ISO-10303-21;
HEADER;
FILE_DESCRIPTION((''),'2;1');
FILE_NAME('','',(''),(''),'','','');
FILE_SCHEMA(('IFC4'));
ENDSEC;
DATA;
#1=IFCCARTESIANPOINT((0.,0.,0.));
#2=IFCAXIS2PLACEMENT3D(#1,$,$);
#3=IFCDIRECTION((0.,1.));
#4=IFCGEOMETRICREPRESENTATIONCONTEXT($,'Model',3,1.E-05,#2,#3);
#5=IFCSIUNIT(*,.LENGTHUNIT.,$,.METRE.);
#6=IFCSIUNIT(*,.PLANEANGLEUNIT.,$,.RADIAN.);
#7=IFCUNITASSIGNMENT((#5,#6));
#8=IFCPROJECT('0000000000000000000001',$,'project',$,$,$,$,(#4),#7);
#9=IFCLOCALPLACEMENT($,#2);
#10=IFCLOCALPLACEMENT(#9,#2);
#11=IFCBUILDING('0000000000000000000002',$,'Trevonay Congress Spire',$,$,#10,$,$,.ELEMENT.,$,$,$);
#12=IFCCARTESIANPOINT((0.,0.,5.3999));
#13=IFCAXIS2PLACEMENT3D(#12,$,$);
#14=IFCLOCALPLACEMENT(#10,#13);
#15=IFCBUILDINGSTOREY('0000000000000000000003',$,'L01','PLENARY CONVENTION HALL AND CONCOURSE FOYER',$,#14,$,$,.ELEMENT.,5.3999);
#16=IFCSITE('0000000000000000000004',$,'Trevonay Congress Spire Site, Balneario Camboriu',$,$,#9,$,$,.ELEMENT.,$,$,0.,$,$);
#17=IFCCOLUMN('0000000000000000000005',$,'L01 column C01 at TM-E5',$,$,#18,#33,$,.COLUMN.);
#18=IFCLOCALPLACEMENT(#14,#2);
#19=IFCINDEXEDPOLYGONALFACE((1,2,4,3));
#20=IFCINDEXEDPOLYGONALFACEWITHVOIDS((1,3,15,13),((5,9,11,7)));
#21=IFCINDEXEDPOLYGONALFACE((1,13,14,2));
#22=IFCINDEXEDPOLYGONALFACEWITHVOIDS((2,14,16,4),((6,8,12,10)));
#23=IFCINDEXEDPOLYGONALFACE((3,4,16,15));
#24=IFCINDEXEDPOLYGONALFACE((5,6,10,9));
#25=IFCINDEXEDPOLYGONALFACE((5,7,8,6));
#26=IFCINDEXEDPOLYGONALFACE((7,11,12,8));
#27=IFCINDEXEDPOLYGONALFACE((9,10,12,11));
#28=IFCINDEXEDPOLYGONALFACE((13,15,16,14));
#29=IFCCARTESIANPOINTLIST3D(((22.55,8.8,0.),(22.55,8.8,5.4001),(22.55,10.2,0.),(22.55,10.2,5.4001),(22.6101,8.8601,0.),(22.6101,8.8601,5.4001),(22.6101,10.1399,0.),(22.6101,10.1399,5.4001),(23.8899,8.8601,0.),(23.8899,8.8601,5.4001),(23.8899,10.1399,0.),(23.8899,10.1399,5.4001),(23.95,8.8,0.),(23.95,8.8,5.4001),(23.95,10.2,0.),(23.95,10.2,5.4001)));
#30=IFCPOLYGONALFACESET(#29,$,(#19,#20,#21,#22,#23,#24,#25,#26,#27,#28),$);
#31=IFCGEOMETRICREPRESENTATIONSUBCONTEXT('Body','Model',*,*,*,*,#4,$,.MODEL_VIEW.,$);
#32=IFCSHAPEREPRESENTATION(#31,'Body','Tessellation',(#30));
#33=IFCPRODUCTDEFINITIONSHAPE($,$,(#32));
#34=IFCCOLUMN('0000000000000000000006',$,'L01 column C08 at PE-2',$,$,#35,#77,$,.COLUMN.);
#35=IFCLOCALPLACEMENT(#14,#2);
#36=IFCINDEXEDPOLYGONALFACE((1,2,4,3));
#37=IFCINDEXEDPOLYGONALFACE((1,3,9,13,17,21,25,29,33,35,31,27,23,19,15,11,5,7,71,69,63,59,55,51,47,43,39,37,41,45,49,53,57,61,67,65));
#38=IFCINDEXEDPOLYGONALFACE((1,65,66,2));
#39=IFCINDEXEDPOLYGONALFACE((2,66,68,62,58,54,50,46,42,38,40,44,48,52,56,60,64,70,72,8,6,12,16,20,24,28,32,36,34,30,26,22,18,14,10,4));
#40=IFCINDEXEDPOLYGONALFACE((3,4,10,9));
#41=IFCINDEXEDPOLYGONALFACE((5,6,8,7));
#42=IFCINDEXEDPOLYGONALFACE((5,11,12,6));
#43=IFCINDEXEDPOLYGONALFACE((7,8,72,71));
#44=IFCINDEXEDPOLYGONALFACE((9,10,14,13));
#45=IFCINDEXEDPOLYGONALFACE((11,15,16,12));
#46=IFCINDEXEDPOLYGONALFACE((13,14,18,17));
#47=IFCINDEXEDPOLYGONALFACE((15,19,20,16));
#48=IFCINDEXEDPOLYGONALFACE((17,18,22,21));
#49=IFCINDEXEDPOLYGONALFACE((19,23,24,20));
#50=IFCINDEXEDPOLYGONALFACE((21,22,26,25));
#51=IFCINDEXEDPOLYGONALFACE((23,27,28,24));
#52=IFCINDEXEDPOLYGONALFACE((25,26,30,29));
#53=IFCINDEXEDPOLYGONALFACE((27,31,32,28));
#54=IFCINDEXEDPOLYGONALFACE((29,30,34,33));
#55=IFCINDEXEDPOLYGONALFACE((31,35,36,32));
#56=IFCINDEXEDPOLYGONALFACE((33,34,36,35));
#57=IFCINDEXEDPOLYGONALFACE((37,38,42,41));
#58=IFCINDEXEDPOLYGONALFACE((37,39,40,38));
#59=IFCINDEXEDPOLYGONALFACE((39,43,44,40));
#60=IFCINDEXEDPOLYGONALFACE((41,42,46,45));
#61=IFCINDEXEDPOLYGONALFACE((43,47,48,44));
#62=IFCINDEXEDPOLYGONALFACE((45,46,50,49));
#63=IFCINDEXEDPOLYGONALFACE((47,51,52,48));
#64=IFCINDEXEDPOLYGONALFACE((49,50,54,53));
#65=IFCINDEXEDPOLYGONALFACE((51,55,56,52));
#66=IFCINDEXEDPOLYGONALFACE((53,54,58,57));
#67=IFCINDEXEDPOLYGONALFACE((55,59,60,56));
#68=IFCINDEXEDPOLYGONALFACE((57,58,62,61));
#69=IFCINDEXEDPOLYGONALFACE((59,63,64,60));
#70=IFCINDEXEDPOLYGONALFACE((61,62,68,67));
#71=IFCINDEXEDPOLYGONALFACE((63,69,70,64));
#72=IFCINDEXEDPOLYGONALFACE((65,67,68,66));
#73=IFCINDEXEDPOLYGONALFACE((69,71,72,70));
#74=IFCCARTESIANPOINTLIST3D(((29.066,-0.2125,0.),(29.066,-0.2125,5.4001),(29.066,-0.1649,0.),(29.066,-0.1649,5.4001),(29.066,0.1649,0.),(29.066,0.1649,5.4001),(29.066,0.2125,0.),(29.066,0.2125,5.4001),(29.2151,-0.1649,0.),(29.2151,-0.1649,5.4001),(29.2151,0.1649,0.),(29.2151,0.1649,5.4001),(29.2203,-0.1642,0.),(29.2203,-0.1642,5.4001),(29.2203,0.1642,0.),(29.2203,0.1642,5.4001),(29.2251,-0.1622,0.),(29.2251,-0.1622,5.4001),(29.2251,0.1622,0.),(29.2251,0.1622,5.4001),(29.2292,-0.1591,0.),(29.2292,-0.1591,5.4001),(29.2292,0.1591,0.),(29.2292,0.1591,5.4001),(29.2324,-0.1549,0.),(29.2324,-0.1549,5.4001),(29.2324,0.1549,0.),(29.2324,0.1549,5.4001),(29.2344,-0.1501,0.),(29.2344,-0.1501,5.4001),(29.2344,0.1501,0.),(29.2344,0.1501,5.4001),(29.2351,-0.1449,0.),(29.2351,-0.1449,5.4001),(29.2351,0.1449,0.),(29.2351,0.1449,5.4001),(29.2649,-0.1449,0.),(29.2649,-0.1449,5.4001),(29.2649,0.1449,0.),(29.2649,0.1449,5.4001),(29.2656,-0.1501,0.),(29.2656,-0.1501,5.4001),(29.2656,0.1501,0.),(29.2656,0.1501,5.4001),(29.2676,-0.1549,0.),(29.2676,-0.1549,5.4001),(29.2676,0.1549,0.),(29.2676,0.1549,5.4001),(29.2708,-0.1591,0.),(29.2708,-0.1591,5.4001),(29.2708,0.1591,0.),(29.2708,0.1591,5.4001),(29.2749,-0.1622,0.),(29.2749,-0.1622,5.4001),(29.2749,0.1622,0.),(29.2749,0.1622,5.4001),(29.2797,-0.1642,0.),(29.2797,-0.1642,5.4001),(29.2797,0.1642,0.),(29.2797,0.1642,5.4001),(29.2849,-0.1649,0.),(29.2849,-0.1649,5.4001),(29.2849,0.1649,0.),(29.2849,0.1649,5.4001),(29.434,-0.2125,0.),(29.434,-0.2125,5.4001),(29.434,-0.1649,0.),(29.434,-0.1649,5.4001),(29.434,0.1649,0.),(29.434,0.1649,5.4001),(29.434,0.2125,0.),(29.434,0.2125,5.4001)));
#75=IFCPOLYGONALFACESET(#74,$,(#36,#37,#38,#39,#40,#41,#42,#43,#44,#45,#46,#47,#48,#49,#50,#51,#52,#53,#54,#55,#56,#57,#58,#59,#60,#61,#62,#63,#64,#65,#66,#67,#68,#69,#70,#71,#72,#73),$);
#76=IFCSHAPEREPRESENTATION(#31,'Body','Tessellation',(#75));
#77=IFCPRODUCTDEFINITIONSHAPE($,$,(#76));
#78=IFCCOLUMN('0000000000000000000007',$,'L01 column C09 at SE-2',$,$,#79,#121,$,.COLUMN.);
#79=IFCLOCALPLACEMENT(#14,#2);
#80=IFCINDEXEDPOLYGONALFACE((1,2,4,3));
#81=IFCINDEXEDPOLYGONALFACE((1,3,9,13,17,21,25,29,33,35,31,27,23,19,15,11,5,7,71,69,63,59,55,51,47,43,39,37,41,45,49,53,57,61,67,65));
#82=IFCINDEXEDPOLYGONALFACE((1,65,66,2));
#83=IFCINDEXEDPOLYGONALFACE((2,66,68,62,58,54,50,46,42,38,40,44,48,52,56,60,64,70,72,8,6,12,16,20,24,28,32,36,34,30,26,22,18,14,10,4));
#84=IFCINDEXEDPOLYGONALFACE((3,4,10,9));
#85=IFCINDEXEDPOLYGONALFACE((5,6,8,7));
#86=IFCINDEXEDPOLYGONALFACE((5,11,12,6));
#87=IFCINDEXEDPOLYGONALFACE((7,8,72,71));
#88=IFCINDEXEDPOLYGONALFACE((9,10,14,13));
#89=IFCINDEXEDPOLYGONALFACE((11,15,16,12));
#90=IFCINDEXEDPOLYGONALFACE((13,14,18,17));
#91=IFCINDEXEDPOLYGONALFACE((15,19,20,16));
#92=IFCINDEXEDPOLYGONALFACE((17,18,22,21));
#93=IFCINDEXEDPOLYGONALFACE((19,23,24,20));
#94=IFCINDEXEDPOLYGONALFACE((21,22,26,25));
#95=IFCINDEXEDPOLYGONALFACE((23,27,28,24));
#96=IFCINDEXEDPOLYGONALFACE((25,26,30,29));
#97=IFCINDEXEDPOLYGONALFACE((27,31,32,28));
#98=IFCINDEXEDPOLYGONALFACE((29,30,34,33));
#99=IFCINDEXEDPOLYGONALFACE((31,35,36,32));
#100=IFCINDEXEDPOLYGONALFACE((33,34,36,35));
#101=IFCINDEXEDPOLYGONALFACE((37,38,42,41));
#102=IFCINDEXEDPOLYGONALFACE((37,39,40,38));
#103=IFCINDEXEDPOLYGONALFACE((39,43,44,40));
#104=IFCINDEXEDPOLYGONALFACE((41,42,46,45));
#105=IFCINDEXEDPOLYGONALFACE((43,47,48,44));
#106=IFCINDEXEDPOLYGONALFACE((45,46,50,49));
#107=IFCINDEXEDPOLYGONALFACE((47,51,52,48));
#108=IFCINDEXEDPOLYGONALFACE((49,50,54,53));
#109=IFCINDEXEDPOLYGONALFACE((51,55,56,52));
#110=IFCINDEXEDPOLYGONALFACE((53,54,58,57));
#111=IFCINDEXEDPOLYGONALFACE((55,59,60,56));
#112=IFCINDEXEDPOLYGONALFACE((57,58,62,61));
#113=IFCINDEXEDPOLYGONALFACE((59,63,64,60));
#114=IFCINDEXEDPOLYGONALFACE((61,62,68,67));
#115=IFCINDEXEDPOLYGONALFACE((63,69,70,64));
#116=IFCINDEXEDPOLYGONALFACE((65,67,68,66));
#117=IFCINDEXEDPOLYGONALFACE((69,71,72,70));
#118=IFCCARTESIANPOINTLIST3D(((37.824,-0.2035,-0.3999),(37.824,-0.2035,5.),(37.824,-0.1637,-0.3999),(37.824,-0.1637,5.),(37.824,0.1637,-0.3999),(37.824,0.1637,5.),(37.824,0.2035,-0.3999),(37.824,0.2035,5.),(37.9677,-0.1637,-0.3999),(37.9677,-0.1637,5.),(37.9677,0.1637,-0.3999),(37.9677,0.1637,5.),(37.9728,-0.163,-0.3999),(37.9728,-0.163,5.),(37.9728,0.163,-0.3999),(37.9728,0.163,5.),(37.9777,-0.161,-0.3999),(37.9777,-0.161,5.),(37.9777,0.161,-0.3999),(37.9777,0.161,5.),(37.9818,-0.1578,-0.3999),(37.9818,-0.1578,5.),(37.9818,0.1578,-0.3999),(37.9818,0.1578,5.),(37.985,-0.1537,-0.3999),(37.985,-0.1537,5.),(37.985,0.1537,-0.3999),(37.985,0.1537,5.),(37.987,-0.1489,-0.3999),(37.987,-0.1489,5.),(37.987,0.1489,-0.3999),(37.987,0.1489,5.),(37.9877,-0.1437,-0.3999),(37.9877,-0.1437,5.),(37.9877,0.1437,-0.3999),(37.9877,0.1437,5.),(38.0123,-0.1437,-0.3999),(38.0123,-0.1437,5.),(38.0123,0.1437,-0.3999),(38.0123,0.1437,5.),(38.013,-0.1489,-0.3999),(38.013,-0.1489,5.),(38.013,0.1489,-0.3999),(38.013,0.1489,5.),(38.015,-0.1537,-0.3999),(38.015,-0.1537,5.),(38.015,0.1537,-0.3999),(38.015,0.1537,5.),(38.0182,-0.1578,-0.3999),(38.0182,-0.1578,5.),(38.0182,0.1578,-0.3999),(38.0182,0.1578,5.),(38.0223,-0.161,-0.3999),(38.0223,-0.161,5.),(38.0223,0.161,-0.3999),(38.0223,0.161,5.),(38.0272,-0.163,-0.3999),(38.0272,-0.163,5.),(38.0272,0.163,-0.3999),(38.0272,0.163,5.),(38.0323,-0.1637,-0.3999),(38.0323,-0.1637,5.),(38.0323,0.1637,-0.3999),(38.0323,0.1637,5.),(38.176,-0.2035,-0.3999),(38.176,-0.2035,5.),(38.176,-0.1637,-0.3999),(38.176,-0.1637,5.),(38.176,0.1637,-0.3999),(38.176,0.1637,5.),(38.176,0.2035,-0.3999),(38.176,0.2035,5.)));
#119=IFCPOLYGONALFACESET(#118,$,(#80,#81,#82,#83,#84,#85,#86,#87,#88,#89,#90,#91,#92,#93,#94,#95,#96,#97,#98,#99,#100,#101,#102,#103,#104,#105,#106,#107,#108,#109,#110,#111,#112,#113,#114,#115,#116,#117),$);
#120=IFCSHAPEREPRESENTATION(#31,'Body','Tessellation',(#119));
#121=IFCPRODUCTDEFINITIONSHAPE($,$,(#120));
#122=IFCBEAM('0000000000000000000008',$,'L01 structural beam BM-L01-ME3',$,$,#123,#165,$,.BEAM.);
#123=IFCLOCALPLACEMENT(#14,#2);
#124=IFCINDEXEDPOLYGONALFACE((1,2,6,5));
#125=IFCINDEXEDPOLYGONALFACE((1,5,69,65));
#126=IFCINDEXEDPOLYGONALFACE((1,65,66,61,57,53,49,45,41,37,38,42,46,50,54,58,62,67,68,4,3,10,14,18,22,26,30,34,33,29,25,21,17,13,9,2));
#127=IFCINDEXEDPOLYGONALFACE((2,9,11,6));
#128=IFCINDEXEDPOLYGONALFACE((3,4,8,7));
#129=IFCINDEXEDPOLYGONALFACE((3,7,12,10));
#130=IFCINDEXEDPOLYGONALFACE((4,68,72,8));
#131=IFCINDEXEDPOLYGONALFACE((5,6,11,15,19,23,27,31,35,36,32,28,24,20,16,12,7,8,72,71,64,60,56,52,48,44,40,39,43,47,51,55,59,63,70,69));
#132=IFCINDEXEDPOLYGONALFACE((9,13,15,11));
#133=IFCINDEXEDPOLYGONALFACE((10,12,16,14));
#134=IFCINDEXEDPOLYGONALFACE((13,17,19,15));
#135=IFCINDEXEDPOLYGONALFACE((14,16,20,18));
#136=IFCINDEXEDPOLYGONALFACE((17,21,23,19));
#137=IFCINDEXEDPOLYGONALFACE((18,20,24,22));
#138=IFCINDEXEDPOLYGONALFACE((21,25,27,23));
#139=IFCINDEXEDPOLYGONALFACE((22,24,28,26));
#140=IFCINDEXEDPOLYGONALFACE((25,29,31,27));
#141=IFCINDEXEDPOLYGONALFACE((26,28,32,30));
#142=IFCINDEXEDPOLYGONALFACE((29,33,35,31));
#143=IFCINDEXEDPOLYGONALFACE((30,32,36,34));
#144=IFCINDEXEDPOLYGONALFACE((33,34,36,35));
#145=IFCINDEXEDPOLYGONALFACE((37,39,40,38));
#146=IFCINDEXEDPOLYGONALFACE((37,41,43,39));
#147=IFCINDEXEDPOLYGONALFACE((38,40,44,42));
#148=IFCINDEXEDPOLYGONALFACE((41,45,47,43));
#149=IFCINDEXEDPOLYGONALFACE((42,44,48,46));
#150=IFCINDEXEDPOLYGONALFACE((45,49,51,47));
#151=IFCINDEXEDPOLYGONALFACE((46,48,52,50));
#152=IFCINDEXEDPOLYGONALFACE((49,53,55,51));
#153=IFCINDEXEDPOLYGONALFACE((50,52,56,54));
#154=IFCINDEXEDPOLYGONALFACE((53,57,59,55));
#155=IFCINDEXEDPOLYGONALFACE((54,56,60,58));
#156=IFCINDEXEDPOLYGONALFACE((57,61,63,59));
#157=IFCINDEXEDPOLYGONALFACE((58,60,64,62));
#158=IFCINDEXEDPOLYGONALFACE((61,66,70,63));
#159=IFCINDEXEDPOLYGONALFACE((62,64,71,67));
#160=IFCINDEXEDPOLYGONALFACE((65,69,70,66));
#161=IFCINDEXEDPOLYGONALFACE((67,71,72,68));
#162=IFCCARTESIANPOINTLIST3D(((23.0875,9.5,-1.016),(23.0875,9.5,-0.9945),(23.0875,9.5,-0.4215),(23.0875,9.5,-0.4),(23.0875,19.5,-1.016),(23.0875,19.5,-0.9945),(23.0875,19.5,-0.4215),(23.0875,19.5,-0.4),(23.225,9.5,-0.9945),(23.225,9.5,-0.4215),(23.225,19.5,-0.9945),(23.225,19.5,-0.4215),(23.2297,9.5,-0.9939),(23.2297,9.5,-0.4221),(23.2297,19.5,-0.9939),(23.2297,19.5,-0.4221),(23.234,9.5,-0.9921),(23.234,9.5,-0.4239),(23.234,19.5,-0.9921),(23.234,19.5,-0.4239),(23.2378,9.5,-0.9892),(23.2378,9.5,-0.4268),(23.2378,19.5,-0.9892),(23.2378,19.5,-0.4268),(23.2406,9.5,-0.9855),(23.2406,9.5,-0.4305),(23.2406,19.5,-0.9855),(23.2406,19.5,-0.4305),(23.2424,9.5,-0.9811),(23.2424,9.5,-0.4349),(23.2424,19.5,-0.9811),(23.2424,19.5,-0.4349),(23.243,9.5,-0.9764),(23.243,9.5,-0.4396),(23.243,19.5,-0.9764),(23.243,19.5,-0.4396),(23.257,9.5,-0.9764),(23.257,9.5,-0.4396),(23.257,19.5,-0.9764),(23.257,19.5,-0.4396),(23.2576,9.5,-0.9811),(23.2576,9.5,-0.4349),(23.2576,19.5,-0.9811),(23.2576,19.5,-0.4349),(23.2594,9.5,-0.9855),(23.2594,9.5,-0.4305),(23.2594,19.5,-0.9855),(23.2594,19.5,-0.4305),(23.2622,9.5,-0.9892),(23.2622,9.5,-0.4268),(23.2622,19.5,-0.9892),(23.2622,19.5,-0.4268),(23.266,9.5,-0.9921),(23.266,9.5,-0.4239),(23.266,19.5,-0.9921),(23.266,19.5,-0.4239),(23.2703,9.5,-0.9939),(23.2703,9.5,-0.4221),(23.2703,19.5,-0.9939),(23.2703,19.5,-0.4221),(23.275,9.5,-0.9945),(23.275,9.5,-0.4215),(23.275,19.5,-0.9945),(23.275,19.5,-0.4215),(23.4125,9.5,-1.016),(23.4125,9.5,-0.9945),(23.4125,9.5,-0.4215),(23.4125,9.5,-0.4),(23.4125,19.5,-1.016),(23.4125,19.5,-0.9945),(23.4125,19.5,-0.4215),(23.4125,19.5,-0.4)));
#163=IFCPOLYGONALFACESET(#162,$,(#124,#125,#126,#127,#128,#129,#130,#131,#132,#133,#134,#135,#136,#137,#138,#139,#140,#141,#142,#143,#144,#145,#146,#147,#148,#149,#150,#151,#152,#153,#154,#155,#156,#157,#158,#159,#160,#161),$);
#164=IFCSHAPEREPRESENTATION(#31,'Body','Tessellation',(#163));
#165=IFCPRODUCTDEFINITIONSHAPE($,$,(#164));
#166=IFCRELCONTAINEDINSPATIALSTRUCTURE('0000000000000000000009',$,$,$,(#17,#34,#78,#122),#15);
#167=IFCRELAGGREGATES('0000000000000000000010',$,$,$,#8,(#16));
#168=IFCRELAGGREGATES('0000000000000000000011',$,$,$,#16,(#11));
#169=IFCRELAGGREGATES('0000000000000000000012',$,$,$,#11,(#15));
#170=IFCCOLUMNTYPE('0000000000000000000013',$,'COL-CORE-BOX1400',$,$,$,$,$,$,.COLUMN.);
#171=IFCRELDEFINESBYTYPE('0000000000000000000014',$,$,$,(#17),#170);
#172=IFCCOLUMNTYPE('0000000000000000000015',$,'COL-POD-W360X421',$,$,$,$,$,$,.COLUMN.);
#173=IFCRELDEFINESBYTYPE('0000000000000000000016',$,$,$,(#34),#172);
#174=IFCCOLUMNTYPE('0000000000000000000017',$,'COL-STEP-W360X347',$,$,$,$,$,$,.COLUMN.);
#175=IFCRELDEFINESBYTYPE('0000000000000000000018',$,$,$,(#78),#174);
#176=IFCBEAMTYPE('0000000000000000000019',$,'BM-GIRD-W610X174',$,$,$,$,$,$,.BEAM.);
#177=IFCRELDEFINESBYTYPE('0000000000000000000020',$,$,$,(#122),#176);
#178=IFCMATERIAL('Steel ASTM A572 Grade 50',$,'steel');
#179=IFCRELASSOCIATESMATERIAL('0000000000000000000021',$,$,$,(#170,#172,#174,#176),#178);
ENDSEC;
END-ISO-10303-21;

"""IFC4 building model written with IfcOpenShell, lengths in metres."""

from ifc_helpers import new_model, si_unit, direction, frame, origin, origin_2d, place, context, subcontext, project, spatial, hollow_rectangle, i_section, extrude, material, material_profile, profile_set, type_object, element, save


model = new_model("IFC4")

# Units and contexts
model_context = context("Model", 3, precision=1e-05, world=origin(), true_north=direction((0.0, 1.0)))
body_context = subcontext(model_context, "Body", "Model", "MODEL_VIEW")
ifc_project = project(units=[si_unit("LENGTHUNIT", "METRE"), si_unit("PLANEANGLEUNIT", "RADIAN")], contexts=[model_context])

# Site, building, storey
site_placement = place(None, origin())
site = spatial("IfcSite", under=ifc_project, at=site_placement, Name="Trevonay Congress Spire Site, Balneario Camboriu", CompositionType="ELEMENT", RefElevation=0.0)
building_placement = place(site_placement, origin())
building = spatial("IfcBuilding", under=site, at=building_placement, Name="Trevonay Congress Spire", CompositionType="ELEMENT")
storey_placement = place(building_placement, frame((0.0, 0.0, 5.3999)))
storey = spatial("IfcBuildingStorey", under=building, at=storey_placement, Name="L01", Description="PLENARY CONVENTION HALL AND CONCOURSE FOYER", CompositionType="ELEMENT", Elevation=5.3999)

# Columns
ifc_material_1 = material(Name="Steel ASTM A572 Grade 50", Category="steel")
ifc_material_profile_1 = material_profile(ifc_material_1, hollow_rectangle(XDim=1.3999, YDim=1.3999, WallThickness=0.0601, at=origin_2d()), Name="BOX 1400x1400x60")
ifc_profile_set_1 = profile_set([ifc_material_profile_1], Name="Steel ASTM A572 Grade 50")
column_type_1 = type_object("IfcColumnType", Name="COL-CORE-BOX1400", PredefinedType="COLUMN", material=ifc_profile_set_1)
column_1_placement = place(storey_placement, frame((23.25, 9.5, 0.0), z_axis=(0.0, 0.0, 1.0), x_axis=(1.0, 0.0, 0.0)))
element("IfcColumn", 1, at=column_1_placement, inside=storey, type_object=column_type_1, Name="L01 column C01 at TM-E5", PredefinedType="COLUMN", context=body_context, shape_type="SweptSolid", body=[
    extrude(hollow_rectangle(XDim=1.3999, YDim=1.3999, WallThickness=0.0601, at=origin_2d()), origin(), (0.0, 0.0, 1.0), 5.4001),
])
ifc_material_profile_2 = material_profile(ifc_material_1, i_section(OverallWidth=0.3679, OverallDepth=0.425, WebThickness=0.0298, FlangeThickness=0.0476, FilletRadius=0.02, at=origin_2d()), Name="W360x421")
ifc_profile_set_2 = profile_set([ifc_material_profile_2], Name="Steel ASTM A572 Grade 50")
column_type_2 = type_object("IfcColumnType", Name="COL-POD-W360X421", PredefinedType="COLUMN", material=ifc_profile_set_2)
column_2_placement = place(storey_placement, frame((29.25, 0.0, 0.0), z_axis=(0.0, 0.0, 1.0), x_axis=(1.0, 0.0, 0.0)))
element("IfcColumn", 2, at=column_2_placement, inside=storey, type_object=column_type_2, Name="L01 column C08 at PE-2", PredefinedType="COLUMN", context=body_context, shape_type="SweptSolid", body=[
    extrude(i_section(OverallWidth=0.3679, OverallDepth=0.425, WebThickness=0.0298, FlangeThickness=0.0476, FilletRadius=0.02, at=origin_2d()), origin(), (0.0, 0.0, 1.0), 5.4001),
])
ifc_material_profile_3 = material_profile(ifc_material_1, i_section(OverallWidth=0.3521, OverallDepth=0.407, WebThickness=0.0247, FlangeThickness=0.0398, FilletRadius=0.02, at=origin_2d()), Name="W360x347")
ifc_profile_set_3 = profile_set([ifc_material_profile_3], Name="Steel ASTM A572 Grade 50")
column_type_3 = type_object("IfcColumnType", Name="COL-STEP-W360X347", PredefinedType="COLUMN", material=ifc_profile_set_3)
column_3_placement = place(storey_placement, frame((38.0, 0.0, -0.3999), z_axis=(0.0, 0.0, 1.0), x_axis=(1.0, 0.0, 0.0)))
element("IfcColumn", 3, at=column_3_placement, inside=storey, type_object=column_type_3, Name="L01 column C09 at SE-2", PredefinedType="COLUMN", context=body_context, shape_type="SweptSolid", body=[
    extrude(i_section(OverallWidth=0.3521, OverallDepth=0.407, WebThickness=0.0247, FlangeThickness=0.0398, FilletRadius=0.02, at=origin_2d()), origin(), (0.0, 0.0, 1.0), 5.3999),
])

# Beam
ifc_material_profile_4 = material_profile(ifc_material_1, i_section(OverallWidth=0.325, OverallDepth=0.616, WebThickness=0.0139, FlangeThickness=0.0215, FilletRadius=0.0181, at=origin_2d()), Name="W610x174")
ifc_profile_set_4 = profile_set([ifc_material_profile_4], Name="Steel ASTM A572 Grade 50")
beam_type_1 = type_object("IfcBeamType", Name="BM-GIRD-W610X174", PredefinedType="BEAM", material=ifc_profile_set_4)
beam_1_placement = place(storey_placement, frame((23.25, 9.5, -0.708), z_axis=(0.0, 1.0, 0.0), x_axis=(-1.0, 0.0, 0.0)))
element("IfcBeam", 4, at=beam_1_placement, inside=storey, type_object=beam_type_1, Name="L01 structural beam BM-L01-ME3", PredefinedType="BEAM", context=body_context, shape_type="SweptSolid", body=[
    extrude(i_section(OverallWidth=0.325, OverallDepth=0.616, WebThickness=0.0139, FlangeThickness=0.0215, FilletRadius=0.0181, at=origin_2d()), origin(), (0.0, 0.0, 1.0), 10.0),
])

save(model, "model.ifc")
